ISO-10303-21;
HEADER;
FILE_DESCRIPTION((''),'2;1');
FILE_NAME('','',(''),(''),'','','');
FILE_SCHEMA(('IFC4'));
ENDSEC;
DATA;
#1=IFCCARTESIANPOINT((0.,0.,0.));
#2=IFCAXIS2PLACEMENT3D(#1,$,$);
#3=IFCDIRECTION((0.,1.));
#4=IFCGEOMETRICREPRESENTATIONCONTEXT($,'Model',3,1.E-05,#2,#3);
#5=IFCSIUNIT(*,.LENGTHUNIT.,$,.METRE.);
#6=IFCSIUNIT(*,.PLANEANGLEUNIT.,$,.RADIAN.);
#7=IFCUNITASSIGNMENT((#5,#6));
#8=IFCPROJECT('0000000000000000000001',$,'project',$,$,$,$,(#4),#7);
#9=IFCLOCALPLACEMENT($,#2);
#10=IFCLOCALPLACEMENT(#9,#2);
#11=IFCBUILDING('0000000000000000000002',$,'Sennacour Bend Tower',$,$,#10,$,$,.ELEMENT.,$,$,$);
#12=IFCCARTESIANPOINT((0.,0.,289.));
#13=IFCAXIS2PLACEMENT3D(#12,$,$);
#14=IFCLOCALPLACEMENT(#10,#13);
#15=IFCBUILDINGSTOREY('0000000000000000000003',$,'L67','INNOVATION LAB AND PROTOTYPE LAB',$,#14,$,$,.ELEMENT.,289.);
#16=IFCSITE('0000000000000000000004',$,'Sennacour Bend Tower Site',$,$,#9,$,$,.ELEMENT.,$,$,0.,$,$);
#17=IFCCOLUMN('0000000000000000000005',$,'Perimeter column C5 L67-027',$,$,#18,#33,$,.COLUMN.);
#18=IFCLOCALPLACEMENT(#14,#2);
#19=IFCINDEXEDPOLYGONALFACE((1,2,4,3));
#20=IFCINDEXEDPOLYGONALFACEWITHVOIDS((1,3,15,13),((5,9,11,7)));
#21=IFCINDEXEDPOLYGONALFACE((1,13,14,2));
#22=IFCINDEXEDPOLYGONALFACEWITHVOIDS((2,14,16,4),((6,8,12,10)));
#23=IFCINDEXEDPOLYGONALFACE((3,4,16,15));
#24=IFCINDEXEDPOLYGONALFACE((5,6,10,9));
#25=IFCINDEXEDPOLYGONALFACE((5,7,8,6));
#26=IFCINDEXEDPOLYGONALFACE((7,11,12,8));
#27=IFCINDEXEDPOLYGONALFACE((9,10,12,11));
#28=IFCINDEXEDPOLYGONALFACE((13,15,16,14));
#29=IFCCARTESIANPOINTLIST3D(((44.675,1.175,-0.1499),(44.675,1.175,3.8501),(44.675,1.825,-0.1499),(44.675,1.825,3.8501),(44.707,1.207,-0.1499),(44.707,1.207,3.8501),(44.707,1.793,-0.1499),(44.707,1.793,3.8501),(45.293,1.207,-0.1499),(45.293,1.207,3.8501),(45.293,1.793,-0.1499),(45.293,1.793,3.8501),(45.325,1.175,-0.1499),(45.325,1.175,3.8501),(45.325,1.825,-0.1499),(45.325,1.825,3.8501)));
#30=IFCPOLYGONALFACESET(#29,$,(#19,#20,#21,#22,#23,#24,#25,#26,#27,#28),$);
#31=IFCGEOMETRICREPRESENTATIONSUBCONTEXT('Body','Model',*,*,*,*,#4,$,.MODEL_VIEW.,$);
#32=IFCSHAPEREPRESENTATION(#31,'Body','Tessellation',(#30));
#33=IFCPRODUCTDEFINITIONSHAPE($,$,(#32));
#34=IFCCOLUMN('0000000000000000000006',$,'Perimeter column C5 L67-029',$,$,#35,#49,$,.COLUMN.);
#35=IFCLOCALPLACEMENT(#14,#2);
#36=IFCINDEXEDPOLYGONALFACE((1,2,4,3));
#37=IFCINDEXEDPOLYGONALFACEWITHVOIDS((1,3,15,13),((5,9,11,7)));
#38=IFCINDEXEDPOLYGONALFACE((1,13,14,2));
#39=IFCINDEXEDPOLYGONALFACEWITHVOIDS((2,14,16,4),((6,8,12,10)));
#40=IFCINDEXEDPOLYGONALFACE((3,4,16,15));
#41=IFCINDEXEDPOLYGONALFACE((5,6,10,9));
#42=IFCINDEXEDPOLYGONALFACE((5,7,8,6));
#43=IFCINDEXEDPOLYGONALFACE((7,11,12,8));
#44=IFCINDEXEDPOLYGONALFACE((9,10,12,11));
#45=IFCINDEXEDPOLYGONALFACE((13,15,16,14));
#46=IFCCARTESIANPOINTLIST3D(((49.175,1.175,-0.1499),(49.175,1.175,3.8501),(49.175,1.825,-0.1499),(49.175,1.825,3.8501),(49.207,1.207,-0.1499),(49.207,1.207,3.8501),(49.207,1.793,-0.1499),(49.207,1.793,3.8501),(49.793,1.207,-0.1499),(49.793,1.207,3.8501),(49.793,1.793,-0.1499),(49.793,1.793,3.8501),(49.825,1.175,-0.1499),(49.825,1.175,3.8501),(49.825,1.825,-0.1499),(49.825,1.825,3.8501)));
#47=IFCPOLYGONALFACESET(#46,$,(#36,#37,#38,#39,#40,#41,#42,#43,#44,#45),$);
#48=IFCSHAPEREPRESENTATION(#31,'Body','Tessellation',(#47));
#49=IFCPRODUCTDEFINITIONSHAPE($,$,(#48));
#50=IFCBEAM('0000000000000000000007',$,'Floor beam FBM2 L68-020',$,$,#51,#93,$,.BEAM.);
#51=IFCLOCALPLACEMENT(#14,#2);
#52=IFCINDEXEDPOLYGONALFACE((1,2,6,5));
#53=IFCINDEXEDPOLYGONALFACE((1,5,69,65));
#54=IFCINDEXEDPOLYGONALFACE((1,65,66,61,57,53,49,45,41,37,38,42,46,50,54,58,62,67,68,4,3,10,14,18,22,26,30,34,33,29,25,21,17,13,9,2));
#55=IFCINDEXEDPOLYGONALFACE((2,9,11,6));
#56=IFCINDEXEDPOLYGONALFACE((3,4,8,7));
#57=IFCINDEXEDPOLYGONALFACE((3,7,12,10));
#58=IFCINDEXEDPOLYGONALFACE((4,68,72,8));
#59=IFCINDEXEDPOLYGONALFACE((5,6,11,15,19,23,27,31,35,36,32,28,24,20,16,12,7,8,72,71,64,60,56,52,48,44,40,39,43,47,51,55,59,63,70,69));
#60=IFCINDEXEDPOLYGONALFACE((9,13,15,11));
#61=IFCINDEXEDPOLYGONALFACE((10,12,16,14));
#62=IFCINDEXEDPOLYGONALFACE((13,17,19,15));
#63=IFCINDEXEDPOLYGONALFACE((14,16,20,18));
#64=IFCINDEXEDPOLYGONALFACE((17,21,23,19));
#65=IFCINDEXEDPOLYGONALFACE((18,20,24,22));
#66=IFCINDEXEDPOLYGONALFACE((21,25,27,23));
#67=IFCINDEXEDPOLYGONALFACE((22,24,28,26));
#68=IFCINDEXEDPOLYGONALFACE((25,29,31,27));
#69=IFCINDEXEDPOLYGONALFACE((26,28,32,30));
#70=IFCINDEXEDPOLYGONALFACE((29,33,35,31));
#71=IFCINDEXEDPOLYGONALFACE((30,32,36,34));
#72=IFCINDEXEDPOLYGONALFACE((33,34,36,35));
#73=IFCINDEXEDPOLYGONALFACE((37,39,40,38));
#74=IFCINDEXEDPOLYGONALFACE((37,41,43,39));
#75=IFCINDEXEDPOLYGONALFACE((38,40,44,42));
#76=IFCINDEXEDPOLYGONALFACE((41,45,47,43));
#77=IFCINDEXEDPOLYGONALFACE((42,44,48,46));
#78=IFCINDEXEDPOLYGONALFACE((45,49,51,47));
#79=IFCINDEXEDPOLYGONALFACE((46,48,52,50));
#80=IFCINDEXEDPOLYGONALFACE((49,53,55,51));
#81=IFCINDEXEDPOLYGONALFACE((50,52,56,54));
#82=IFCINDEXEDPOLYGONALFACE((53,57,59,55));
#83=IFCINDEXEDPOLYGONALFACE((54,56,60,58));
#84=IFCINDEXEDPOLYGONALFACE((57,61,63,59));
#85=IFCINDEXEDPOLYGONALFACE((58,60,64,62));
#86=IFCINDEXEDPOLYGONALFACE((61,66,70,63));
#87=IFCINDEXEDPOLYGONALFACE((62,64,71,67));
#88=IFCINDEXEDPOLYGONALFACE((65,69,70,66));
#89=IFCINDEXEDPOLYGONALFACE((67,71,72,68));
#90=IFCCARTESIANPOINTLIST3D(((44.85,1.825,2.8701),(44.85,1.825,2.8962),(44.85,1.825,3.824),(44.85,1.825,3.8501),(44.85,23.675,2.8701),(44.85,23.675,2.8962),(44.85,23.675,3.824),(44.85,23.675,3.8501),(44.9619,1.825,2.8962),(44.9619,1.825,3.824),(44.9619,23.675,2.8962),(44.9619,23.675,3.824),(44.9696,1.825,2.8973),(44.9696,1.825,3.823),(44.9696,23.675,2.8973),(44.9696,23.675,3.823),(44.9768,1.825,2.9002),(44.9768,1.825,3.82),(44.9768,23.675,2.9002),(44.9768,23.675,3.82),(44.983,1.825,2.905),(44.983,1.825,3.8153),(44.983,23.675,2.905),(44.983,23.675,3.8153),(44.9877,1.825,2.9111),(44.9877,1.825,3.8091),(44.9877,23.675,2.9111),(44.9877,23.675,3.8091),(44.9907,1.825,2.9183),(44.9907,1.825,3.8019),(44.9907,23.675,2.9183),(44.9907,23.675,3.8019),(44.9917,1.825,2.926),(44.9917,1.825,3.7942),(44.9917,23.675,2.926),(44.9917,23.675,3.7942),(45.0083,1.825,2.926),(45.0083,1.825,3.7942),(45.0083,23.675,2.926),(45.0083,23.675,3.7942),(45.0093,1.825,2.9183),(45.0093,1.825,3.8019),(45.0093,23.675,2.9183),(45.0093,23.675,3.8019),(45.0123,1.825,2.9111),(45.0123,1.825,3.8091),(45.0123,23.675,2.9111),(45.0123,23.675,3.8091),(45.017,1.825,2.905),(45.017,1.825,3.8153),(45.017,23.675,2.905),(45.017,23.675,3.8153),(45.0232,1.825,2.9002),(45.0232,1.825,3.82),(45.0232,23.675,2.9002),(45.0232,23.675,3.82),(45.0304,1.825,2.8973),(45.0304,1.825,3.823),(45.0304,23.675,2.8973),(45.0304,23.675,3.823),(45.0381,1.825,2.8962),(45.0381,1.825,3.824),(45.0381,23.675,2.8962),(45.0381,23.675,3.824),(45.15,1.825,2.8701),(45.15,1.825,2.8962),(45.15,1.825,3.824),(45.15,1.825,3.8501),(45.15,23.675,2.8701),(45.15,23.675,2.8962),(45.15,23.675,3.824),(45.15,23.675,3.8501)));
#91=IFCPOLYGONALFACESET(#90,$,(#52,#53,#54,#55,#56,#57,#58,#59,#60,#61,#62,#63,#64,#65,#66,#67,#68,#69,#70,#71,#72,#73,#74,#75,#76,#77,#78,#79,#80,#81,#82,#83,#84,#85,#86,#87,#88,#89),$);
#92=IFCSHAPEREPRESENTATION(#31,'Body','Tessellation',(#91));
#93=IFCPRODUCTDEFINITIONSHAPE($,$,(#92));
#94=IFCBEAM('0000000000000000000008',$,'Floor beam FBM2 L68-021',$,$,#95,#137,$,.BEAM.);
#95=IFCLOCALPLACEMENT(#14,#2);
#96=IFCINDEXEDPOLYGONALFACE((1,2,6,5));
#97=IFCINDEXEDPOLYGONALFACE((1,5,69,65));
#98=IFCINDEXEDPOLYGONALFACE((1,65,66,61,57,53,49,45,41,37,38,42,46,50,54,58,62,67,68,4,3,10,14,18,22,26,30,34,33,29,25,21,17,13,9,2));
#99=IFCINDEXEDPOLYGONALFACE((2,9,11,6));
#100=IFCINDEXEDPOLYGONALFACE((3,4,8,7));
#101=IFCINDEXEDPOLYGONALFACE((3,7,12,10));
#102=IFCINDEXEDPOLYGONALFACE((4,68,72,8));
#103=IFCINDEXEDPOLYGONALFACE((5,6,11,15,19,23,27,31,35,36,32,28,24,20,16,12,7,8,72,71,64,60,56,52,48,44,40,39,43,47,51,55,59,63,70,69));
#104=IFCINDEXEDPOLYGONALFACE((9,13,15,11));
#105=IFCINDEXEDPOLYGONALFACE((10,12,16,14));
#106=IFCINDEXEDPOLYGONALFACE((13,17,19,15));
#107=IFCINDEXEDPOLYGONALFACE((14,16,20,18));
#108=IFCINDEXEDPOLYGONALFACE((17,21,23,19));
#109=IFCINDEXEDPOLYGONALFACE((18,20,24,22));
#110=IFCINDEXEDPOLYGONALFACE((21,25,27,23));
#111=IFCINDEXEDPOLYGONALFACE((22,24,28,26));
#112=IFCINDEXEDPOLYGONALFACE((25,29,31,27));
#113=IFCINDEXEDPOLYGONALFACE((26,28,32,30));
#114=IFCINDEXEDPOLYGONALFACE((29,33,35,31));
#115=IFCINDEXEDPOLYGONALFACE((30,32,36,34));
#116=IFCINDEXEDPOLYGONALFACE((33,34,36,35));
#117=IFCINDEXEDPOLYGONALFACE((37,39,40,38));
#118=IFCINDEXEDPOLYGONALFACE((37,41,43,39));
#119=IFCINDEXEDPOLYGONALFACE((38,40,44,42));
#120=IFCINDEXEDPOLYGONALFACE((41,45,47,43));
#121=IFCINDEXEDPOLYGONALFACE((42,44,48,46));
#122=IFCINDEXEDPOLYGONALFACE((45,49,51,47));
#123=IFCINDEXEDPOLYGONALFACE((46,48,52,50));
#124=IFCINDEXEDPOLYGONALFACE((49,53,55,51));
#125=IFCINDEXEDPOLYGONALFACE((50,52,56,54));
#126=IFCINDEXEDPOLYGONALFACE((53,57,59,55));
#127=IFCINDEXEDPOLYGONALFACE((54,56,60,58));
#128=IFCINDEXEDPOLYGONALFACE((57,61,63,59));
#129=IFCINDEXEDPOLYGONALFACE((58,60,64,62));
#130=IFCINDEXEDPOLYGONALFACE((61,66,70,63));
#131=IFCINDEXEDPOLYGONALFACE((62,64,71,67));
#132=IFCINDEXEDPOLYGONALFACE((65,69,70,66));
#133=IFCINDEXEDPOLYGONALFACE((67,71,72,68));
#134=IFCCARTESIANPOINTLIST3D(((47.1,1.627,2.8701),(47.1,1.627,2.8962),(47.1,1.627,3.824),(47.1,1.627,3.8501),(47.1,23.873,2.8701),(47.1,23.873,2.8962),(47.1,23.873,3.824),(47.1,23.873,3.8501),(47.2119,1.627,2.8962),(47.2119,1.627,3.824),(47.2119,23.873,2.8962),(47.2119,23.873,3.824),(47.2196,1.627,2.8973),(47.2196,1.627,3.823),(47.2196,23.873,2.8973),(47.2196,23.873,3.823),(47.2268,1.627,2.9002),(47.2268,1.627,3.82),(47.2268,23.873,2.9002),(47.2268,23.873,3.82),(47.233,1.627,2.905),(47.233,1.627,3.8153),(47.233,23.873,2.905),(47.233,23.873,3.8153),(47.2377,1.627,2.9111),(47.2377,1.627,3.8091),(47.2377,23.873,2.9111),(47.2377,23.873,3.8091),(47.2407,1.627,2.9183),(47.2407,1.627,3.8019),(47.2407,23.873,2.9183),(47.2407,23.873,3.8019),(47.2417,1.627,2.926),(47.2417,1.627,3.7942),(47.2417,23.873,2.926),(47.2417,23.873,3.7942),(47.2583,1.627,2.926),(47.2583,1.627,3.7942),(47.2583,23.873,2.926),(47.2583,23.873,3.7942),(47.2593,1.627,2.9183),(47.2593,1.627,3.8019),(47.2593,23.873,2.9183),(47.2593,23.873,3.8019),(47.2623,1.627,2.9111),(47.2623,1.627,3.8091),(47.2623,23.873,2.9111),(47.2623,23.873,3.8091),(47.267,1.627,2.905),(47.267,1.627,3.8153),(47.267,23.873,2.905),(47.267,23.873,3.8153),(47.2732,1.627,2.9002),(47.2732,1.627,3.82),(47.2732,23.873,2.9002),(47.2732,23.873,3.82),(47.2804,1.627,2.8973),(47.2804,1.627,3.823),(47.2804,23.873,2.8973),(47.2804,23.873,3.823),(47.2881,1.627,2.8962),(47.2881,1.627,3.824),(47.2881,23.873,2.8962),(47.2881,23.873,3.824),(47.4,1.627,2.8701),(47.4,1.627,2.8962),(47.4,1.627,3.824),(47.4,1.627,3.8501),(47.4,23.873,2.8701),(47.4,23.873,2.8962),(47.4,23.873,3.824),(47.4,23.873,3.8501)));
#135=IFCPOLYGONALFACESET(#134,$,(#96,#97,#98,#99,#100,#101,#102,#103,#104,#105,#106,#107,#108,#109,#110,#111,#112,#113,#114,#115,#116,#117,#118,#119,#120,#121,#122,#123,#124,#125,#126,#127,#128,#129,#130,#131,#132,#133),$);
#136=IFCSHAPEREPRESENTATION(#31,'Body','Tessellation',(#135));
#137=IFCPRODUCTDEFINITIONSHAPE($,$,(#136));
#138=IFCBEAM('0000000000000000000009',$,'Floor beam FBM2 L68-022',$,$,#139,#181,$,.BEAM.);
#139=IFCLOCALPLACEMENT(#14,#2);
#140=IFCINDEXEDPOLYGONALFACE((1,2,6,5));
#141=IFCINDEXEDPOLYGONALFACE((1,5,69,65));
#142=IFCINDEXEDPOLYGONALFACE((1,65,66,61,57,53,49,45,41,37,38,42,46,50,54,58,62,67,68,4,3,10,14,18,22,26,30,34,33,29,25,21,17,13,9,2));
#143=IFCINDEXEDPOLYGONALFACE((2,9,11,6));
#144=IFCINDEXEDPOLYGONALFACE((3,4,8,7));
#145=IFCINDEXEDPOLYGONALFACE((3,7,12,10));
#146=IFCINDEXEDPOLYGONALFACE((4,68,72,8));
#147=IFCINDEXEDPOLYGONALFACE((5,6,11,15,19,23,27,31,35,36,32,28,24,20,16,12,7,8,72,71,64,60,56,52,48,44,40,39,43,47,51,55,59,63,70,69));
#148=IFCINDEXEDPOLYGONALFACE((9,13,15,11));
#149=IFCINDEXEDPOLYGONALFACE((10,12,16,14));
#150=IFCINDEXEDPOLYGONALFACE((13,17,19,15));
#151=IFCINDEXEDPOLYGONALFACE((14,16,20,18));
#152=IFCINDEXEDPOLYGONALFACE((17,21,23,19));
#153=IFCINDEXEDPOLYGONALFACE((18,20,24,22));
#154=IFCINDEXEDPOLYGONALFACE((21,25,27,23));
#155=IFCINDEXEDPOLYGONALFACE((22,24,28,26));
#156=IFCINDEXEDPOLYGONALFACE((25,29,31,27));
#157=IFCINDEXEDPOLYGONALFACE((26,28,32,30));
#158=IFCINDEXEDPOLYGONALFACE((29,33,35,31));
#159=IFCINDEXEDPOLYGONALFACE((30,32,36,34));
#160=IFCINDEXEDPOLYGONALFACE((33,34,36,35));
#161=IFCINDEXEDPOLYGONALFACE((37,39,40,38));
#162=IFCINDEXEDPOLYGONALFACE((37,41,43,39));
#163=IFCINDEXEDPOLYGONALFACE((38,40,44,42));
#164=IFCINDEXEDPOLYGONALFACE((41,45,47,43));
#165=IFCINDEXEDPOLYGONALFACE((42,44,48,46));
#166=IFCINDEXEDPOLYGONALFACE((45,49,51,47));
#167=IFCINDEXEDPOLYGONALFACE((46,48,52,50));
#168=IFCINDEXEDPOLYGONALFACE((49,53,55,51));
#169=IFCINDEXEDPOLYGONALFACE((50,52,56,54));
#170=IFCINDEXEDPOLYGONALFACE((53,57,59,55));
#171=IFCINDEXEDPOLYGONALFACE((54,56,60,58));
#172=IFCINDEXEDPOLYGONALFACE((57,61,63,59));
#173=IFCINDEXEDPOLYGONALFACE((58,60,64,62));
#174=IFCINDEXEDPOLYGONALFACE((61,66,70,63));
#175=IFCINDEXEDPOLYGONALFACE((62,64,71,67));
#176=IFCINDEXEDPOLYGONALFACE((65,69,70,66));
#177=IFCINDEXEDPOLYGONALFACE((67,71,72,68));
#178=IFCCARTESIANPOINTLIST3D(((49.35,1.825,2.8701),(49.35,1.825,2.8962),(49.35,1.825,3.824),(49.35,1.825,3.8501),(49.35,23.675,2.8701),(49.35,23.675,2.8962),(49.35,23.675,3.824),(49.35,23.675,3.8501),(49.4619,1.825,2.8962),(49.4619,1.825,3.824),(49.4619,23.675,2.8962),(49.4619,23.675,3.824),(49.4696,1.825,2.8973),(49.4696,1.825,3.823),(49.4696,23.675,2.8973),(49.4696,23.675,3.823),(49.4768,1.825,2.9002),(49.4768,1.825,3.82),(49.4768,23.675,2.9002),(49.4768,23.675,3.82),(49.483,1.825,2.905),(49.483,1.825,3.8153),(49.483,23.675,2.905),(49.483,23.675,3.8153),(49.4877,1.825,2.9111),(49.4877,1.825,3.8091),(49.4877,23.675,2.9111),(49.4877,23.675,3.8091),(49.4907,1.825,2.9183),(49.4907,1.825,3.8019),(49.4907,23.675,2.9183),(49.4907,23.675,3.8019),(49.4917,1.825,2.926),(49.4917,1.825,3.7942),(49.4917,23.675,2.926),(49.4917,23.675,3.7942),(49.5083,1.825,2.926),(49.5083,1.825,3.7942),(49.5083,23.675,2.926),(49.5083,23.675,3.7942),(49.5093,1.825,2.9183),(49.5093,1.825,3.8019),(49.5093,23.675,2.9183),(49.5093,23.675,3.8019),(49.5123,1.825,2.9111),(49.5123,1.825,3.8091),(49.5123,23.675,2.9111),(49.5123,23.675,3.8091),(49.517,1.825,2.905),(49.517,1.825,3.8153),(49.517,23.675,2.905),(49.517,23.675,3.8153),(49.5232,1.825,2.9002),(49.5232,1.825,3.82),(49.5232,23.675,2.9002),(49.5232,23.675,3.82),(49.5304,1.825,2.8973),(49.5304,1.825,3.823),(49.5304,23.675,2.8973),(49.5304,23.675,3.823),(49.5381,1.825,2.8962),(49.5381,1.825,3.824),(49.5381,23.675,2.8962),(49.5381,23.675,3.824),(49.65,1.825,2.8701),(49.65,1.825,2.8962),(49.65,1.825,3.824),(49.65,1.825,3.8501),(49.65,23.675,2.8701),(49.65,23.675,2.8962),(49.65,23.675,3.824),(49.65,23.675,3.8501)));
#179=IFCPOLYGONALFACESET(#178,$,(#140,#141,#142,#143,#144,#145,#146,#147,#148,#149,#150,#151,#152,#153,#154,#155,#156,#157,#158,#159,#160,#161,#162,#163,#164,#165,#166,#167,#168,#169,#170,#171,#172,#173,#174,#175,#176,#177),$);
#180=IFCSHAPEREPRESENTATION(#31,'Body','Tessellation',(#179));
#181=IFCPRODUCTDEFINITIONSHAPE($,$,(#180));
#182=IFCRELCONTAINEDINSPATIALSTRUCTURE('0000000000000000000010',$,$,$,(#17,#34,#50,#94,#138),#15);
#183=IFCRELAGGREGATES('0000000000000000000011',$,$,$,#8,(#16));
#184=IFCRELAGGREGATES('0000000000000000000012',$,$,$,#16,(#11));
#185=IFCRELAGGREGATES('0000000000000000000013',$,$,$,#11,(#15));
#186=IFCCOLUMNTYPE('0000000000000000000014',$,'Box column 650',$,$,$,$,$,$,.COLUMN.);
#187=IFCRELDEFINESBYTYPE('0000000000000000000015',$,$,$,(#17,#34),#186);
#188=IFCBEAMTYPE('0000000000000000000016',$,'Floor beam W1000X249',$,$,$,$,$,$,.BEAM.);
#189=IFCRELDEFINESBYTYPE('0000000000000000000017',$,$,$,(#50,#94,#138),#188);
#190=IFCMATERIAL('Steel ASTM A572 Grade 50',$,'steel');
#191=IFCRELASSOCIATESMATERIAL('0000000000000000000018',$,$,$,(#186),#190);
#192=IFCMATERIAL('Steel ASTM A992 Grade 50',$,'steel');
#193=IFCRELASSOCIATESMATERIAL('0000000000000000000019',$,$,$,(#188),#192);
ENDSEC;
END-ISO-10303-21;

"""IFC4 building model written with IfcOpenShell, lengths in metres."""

from ifc_helpers import new_model, si_unit, direction, frame, origin, origin_2d, place, context, subcontext, project, spatial, hollow_rectangle, i_section, extrude, material, material_profile, profile_set, type_object, element, save


model = new_model("IFC4")

# Units and contexts
model_context = context("Model", 3, precision=1e-05, world=origin(), true_north=direction((0.0, 1.0)))
body_context = subcontext(model_context, "Body", "Model", "MODEL_VIEW")
ifc_project = project(units=[si_unit("LENGTHUNIT", "METRE"), si_unit("PLANEANGLEUNIT", "RADIAN")], contexts=[model_context])

# Site, building, storey
site_placement = place(None, origin())
site = spatial("IfcSite", under=ifc_project, at=site_placement, Name="Sennacour Bend Tower Site", CompositionType="ELEMENT", RefElevation=0.0)
building_placement = place(site_placement, origin())
building = spatial("IfcBuilding", under=site, at=building_placement, Name="Sennacour Bend Tower", CompositionType="ELEMENT")
storey_placement = place(building_placement, frame((0.0, 0.0, 289.0)))
storey = spatial("IfcBuildingStorey", under=building, at=storey_placement, Name="L67", Description="INNOVATION LAB AND PROTOTYPE LAB", CompositionType="ELEMENT", Elevation=289.0)

# Columns
ifc_material_1 = material(Name="Steel ASTM A572 Grade 50", Category="steel")
ifc_material_profile_1 = material_profile(ifc_material_1, hollow_rectangle(XDim=0.6499, YDim=0.6499, WallThickness=0.032, at=origin_2d()), Name="Steel ASTM A572 Grade 50", Category="steel")
ifc_profile_set_1 = profile_set([ifc_material_profile_1], Name="Steel ASTM A572 Grade 50")
column_type = type_object("IfcColumnType", Name="Box column 650", PredefinedType="COLUMN", material=ifc_profile_set_1)
for number, where, z_axis, x_axis, name in (
    (1, (45.0, 1.5, -0.1499), (0.0, 0.0, 1.0), (1.0, 0.0, 0.0), "Perimeter column C5 L67-027"),
    (2, (49.5, 1.5, -0.1499), (0.0, 0.0, 1.0), (1.0, 0.0, 0.0), "Perimeter column C5 L67-029"),
):
    element("IfcColumn", number, at=place(storey_placement, frame(where, z_axis=z_axis, x_axis=x_axis)), inside=storey, type_object=column_type, Name=name, PredefinedType="COLUMN", context=body_context, shape_type="SweptSolid", body=[
        extrude(hollow_rectangle(XDim=0.6499, YDim=0.6499, WallThickness=0.032, at=origin_2d()), origin(), (0.0, 0.0, 1.0), 4.0),
    ])

# Beams
ifc_material_2 = material(Name="Steel ASTM A992 Grade 50", Category="steel")
ifc_material_profile_2 = material_profile(ifc_material_2, i_section(OverallWidth=0.3, OverallDepth=0.98, WebThickness=0.0166, FlangeThickness=0.0261, FilletRadius=0.0298, at=origin_2d()), Name="Steel ASTM A992 Grade 50", Category="steel")
ifc_profile_set_2 = profile_set([ifc_material_profile_2], Name="Steel ASTM A992 Grade 50")
beam_type_1 = type_object("IfcBeamType", Name="Floor beam W1000X249", PredefinedType="BEAM", material=ifc_profile_set_2)
beam_1_placement = place(storey_placement, frame((45.0, 1.825, 3.3601), z_axis=(0.0, 1.0, 0.0), x_axis=(-1.0, 0.0, 0.0)))
element("IfcBeam", 3, at=beam_1_placement, inside=storey, type_object=beam_type_1, Name="Floor beam FBM2 L68-020", PredefinedType="BEAM", context=body_context, shape_type="SweptSolid", body=[
    extrude(i_section(OverallWidth=0.3, OverallDepth=0.98, WebThickness=0.0166, FlangeThickness=0.0261, FilletRadius=0.0298, at=origin_2d()), origin(), (0.0, 0.0, 1.0), 21.8501),
])
beam_2_placement = place(storey_placement, frame((47.25, 1.627, 3.3601), z_axis=(0.0, 1.0, 0.0), x_axis=(-1.0, 0.0, 0.0)))
element("IfcBeam", 4, at=beam_2_placement, inside=storey, type_object=beam_type_1, Name="Floor beam FBM2 L68-021", PredefinedType="BEAM", context=body_context, shape_type="SweptSolid", body=[
    extrude(i_section(OverallWidth=0.3, OverallDepth=0.98, WebThickness=0.0166, FlangeThickness=0.0261, FilletRadius=0.0298, at=origin_2d()), origin(), (0.0, 0.0, 1.0), 22.2461),
])
beam_3_placement = place(storey_placement, frame((49.5, 1.825, 3.3601), z_axis=(0.0, 1.0, 0.0), x_axis=(-1.0, 0.0, 0.0)))
element("IfcBeam", 5, at=beam_3_placement, inside=storey, type_object=beam_type_1, Name="Floor beam FBM2 L68-022", PredefinedType="BEAM", context=body_context, shape_type="SweptSolid", body=[
    extrude(i_section(OverallWidth=0.3, OverallDepth=0.98, WebThickness=0.0166, FlangeThickness=0.0261, FilletRadius=0.0298, at=origin_2d()), origin(), (0.0, 0.0, 1.0), 21.8501),
])

save(model, "model.ifc")
